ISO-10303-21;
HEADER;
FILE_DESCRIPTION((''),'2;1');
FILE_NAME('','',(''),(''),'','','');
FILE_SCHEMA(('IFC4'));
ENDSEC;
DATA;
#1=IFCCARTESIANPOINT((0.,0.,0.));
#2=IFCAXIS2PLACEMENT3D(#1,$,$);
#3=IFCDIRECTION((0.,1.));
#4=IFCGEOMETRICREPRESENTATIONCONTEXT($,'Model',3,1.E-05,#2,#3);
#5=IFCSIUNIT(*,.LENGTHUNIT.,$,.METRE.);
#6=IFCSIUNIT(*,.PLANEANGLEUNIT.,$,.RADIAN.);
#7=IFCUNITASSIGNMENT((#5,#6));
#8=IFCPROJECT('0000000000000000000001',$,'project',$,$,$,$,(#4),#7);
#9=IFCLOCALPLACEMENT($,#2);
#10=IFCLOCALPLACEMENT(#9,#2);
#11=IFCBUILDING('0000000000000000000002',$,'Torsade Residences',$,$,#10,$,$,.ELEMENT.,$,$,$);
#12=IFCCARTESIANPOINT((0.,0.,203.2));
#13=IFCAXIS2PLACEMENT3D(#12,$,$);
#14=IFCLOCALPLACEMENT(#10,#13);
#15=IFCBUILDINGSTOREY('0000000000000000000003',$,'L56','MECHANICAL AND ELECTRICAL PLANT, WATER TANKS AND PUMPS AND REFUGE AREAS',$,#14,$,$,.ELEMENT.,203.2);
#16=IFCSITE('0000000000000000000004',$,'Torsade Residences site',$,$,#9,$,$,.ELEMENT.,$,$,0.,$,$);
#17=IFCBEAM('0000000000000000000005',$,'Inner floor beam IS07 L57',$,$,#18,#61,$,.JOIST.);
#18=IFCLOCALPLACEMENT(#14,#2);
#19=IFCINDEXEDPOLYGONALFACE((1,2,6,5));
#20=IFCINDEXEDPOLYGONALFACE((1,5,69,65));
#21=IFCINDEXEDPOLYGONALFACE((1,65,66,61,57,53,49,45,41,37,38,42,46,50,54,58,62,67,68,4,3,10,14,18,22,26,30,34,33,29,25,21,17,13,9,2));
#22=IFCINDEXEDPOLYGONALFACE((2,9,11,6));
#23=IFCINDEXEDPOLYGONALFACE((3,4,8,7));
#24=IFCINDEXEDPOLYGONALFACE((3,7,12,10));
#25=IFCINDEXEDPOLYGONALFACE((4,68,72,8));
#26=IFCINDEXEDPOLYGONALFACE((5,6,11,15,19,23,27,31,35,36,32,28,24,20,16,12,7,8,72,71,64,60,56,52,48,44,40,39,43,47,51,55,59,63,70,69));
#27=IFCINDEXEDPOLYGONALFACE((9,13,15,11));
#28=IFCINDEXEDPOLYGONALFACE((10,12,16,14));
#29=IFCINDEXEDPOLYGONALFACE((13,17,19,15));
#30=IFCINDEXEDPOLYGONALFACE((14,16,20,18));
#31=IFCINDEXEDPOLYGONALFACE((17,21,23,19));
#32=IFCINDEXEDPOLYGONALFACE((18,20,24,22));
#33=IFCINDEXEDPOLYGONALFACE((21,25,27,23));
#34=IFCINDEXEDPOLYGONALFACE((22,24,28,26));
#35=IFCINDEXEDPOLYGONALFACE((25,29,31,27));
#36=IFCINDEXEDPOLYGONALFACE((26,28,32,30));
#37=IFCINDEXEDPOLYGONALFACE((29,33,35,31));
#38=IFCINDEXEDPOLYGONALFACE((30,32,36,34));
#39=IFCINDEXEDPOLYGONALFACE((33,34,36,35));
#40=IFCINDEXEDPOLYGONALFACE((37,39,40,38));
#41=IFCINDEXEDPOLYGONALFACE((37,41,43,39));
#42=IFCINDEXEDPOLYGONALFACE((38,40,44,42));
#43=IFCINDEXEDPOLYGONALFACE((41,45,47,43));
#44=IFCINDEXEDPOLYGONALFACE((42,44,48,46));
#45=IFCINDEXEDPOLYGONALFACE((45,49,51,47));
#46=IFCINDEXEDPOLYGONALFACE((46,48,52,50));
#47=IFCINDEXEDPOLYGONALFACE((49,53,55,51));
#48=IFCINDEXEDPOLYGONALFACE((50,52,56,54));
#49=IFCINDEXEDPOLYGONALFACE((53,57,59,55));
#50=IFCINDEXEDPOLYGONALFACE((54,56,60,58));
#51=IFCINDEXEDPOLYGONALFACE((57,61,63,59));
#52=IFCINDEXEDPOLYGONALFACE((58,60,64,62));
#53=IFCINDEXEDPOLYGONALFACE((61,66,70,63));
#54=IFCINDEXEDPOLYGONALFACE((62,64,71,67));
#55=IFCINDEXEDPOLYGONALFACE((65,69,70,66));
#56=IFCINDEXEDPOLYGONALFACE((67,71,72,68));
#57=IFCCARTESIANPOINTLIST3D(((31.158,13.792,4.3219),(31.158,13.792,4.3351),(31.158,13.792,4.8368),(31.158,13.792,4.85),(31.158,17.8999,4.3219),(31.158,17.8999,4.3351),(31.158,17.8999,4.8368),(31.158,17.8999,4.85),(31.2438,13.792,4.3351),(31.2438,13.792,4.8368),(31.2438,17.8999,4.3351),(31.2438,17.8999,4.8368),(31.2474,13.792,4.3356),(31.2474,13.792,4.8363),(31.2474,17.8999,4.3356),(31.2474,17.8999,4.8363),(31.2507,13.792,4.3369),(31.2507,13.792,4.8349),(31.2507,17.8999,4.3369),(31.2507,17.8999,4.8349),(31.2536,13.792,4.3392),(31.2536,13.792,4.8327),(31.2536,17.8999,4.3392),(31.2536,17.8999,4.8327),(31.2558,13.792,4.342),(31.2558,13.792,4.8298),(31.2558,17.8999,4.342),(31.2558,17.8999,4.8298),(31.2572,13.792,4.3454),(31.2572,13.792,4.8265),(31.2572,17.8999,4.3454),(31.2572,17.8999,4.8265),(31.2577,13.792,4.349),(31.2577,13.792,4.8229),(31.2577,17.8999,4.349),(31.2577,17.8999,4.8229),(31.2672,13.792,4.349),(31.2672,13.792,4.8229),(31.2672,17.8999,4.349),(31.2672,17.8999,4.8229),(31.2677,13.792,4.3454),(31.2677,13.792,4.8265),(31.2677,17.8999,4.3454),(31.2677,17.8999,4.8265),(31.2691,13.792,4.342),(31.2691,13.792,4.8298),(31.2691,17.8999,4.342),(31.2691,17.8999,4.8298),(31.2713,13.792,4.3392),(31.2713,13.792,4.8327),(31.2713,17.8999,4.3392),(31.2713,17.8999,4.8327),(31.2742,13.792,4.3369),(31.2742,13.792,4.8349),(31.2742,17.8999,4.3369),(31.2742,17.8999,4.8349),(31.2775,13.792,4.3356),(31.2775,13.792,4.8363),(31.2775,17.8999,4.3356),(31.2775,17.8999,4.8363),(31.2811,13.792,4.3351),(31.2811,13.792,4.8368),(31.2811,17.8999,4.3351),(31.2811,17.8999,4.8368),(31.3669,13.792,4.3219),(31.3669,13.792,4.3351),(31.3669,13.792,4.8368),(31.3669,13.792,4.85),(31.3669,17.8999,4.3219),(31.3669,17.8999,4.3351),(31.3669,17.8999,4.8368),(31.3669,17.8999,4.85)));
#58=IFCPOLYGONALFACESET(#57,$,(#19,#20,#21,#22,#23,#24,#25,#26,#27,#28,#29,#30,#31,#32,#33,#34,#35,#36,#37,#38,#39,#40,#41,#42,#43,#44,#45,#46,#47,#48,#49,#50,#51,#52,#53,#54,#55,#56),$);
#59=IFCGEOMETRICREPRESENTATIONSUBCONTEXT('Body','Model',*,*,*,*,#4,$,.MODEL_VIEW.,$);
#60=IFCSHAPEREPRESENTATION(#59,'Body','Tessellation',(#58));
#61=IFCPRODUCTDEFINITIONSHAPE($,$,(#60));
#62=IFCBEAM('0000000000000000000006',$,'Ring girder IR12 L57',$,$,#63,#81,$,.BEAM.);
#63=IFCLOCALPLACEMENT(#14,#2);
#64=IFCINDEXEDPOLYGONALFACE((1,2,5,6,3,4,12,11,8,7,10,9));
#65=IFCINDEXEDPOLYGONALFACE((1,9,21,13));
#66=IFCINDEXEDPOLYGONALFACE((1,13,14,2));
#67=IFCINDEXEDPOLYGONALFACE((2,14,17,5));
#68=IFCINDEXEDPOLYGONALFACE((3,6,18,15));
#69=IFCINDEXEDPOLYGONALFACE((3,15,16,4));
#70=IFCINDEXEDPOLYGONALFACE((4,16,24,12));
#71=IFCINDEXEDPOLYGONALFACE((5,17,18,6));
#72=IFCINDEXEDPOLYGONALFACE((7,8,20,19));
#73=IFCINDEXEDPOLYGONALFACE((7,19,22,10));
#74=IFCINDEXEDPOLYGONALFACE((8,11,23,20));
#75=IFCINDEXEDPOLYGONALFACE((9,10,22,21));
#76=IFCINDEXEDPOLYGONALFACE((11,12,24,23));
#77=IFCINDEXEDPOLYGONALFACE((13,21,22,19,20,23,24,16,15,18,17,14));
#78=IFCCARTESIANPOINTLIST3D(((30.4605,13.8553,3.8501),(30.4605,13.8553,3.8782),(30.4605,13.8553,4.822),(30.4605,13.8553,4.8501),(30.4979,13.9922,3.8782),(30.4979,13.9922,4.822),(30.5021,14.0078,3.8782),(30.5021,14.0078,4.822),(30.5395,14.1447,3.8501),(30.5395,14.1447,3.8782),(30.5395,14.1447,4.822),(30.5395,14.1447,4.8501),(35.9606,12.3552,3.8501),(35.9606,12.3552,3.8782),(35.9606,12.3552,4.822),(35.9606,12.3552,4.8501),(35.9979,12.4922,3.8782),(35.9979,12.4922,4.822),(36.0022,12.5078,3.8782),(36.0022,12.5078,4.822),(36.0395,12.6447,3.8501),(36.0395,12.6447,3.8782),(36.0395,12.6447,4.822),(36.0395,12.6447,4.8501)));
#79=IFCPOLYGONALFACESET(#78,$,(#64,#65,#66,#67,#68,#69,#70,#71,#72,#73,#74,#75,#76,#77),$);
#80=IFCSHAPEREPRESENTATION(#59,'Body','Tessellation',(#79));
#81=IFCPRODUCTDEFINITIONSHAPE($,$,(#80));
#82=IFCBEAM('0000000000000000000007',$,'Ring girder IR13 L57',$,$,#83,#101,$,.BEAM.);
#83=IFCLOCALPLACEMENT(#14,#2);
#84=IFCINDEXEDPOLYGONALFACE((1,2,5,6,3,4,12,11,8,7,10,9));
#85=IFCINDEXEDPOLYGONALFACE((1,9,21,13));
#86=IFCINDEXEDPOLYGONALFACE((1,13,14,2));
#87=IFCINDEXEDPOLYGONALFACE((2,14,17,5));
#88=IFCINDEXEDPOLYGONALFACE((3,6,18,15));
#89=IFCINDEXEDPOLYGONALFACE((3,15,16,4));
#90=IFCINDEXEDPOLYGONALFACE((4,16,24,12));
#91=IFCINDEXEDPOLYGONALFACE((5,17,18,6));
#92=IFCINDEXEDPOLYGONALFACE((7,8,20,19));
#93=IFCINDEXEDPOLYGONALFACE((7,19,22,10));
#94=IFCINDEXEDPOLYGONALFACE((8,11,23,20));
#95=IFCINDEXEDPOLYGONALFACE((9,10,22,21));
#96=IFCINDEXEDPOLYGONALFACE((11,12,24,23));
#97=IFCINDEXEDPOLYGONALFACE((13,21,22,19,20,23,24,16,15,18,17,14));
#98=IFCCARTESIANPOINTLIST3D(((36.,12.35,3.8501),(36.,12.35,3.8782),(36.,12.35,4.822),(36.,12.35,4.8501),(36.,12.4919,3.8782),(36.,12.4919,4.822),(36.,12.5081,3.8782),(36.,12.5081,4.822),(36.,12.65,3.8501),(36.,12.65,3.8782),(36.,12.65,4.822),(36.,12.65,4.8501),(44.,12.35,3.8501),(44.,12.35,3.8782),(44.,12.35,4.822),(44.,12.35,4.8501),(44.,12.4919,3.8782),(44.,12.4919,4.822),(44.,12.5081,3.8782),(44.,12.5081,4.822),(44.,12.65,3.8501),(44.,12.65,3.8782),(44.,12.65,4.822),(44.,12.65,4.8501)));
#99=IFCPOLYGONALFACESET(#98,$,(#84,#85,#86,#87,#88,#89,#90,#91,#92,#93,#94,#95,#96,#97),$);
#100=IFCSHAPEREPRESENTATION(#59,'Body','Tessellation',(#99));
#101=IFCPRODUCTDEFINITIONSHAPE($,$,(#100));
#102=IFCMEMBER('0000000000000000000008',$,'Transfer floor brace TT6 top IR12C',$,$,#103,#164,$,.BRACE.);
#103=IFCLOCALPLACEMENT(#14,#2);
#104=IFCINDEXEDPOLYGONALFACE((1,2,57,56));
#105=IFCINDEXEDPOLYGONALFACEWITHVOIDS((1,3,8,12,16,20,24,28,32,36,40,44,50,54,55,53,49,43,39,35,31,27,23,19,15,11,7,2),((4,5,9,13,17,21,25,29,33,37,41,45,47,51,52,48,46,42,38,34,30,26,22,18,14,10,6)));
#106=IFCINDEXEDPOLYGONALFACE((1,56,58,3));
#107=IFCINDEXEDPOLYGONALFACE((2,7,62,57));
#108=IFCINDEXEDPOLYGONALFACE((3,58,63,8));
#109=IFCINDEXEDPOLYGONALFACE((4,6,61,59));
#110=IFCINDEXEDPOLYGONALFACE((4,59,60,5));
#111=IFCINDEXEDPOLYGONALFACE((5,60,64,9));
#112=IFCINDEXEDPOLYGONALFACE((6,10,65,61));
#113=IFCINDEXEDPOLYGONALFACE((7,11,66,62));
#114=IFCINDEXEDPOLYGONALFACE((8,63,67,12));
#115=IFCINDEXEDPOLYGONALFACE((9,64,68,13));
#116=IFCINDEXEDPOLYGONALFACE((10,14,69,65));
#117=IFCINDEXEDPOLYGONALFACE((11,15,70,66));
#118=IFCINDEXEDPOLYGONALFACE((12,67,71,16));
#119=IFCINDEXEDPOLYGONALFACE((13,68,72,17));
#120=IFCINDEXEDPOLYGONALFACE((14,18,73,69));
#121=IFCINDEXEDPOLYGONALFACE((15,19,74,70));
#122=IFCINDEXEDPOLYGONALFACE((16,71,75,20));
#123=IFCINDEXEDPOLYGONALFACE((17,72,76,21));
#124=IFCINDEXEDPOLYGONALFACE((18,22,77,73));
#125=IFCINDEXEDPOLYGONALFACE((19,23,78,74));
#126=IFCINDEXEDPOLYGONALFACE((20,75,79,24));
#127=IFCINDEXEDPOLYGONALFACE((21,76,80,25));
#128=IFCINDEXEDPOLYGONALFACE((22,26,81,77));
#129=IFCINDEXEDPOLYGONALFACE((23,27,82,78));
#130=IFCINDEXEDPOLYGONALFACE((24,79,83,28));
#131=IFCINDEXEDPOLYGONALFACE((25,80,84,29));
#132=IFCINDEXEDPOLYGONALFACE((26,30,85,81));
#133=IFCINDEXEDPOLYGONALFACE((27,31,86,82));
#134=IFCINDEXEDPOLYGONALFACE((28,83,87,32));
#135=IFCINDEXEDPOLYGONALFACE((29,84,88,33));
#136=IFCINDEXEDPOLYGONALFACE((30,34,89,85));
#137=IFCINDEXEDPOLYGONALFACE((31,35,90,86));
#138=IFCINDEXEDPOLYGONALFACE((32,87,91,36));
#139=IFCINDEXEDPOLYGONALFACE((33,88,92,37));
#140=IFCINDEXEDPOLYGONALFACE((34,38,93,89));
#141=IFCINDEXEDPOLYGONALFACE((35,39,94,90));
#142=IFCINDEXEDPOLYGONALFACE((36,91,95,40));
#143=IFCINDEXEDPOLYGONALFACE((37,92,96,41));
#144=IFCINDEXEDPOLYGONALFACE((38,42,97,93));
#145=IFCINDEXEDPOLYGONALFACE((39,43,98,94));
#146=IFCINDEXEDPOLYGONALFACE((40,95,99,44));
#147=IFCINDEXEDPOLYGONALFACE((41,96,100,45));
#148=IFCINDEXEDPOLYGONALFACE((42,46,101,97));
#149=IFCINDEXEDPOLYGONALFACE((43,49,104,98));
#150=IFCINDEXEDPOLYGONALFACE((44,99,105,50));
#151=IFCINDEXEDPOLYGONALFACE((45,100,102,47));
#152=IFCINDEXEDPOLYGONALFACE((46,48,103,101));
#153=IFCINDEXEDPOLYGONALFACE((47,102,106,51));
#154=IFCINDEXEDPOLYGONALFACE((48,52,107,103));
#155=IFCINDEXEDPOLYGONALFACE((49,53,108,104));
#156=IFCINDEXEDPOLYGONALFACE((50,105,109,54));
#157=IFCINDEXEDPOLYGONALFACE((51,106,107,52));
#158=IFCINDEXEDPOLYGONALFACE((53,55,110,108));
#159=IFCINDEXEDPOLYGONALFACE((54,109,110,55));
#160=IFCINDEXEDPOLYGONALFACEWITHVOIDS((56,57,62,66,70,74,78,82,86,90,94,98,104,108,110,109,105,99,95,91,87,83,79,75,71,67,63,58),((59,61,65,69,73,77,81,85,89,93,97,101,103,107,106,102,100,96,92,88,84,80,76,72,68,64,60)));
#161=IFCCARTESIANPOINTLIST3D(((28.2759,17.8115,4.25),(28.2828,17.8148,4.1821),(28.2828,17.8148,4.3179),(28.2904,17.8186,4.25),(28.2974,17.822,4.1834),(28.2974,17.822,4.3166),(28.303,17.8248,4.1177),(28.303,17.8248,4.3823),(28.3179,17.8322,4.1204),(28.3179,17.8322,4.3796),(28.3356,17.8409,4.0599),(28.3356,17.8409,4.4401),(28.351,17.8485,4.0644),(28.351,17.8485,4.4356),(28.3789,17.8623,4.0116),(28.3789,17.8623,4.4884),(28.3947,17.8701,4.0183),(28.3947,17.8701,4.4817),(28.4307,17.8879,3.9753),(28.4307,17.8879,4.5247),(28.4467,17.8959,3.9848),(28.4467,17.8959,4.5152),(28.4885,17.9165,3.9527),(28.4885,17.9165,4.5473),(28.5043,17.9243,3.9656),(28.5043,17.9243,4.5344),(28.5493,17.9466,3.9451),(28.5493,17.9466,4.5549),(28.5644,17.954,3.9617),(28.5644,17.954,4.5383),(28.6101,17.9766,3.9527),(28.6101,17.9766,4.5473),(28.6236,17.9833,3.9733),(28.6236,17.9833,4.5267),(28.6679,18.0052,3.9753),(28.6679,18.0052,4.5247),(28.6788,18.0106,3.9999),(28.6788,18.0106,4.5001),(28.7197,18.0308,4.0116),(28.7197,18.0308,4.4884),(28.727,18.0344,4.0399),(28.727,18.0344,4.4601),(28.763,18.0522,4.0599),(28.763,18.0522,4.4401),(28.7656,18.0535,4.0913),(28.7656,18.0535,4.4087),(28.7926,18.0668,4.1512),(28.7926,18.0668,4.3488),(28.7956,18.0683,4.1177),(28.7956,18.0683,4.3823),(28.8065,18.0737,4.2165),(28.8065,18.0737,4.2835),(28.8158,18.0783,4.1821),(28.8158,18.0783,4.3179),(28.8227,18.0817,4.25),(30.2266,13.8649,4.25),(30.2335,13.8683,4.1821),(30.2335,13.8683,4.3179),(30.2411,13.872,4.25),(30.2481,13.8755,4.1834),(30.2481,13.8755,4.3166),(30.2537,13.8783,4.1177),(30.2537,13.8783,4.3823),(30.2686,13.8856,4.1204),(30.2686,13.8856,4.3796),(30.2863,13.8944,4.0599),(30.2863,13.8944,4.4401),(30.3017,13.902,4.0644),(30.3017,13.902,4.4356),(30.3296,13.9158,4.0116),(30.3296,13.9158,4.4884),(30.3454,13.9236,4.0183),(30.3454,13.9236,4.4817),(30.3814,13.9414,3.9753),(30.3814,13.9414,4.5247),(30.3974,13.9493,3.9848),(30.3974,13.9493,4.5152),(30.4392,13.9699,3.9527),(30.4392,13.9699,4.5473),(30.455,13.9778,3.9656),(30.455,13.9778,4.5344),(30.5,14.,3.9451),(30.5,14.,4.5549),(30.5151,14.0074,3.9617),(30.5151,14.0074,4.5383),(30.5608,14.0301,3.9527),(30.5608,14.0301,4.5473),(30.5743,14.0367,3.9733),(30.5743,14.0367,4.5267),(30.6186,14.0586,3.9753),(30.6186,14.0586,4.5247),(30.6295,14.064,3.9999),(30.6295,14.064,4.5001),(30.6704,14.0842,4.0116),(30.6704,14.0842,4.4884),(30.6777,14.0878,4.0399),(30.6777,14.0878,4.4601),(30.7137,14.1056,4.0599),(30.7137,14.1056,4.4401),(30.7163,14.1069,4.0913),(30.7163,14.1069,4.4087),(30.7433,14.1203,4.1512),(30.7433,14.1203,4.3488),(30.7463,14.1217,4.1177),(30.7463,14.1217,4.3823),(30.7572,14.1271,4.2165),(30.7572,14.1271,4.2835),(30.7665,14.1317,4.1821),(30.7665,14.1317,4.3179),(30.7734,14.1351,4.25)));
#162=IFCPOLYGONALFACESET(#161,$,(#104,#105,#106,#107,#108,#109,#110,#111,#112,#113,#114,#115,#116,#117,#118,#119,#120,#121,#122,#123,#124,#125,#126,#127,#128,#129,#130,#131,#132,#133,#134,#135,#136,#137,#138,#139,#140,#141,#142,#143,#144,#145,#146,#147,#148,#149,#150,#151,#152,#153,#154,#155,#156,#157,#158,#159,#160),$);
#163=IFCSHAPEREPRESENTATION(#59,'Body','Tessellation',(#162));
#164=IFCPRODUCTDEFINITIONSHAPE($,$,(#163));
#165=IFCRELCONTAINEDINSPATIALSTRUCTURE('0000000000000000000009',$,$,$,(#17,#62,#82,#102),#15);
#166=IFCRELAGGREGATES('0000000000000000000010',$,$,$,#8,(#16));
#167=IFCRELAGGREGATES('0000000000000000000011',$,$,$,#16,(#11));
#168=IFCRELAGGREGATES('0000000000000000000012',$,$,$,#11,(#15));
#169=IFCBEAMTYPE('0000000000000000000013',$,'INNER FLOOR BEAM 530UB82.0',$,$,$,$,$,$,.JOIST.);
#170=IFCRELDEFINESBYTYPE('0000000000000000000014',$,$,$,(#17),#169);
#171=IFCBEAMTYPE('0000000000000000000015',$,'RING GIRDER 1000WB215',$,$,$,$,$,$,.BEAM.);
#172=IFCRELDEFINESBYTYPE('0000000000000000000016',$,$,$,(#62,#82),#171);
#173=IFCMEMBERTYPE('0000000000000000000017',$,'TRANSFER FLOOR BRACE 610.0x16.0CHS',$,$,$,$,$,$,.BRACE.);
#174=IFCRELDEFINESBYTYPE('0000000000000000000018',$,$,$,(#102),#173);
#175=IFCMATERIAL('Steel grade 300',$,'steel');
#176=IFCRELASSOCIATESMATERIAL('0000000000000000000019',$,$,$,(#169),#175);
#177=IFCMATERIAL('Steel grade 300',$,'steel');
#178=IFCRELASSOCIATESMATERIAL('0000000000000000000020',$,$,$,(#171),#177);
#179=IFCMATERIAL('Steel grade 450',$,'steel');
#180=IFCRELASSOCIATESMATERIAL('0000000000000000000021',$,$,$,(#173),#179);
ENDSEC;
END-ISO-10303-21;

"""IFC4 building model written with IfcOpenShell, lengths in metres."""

from ifc_helpers import new_model, si_unit, direction, frame, origin, origin_2d, place, context, subcontext, project, spatial, hollow_circle, i_section, extrude, material, material_profile, profile_set, type_object, element, save


model = new_model("IFC4")

# Units and contexts
model_context = context("Model", 3, precision=1e-05, world=origin(), true_north=direction((0.0, 1.0)))
body_context = subcontext(model_context, "Body", "Model", "MODEL_VIEW")
ifc_project = project(units=[si_unit("LENGTHUNIT", "METRE"), si_unit("PLANEANGLEUNIT", "RADIAN")], contexts=[model_context])

# Site, building, storey
site_placement = place(None, origin())
site = spatial("IfcSite", under=ifc_project, at=site_placement, Name="Torsade Residences site", CompositionType="ELEMENT", RefElevation=0.0)
building_placement = place(site_placement, origin())
building = spatial("IfcBuilding", under=site, at=building_placement, Name="Torsade Residences", CompositionType="ELEMENT")
storey_placement = place(building_placement, frame((0.0, 0.0, 203.2)))
storey = spatial("IfcBuildingStorey", under=building, at=storey_placement, Name="L56", Description="MECHANICAL AND ELECTRICAL PLANT, WATER TANKS AND PUMPS AND REFUGE AREAS", CompositionType="ELEMENT", Elevation=203.2)

# Beams
ifc_material_1 = material(Name="Steel grade 300", Category="steel")
ifc_material_profile_1 = material_profile(ifc_material_1, i_section(OverallWidth=0.209, OverallDepth=0.5281, WebThickness=0.0095, FlangeThickness=0.0132, FilletRadius=0.0139, at=origin_2d()), Name="530UB82.0")
ifc_profile_set_1 = profile_set([ifc_material_profile_1], Name="Steel grade 300")
beam_type_1 = type_object("IfcBeamType", Name="INNER FLOOR BEAM 530UB82.0", PredefinedType="JOIST", material=ifc_profile_set_1)
beam_1_placement = place(storey_placement, frame((31.2625, 17.8999, 4.5859), z_axis=(0.0, -1.0, 0.0), x_axis=(1.0, 0.0, 0.0)))
element("IfcBeam", 1, at=beam_1_placement, inside=storey, type_object=beam_type_1, Name="Inner floor beam IS07 L57", PredefinedType="JOIST", context=body_context, shape_type="SweptSolid", body=[
    extrude(i_section(OverallWidth=0.209, OverallDepth=0.5281, WebThickness=0.0095, FlangeThickness=0.0132, FilletRadius=0.0139, at=origin_2d()), origin(), (0.0, 0.0, 1.0), 4.1079),
])
ifc_material_2 = material(Name="Steel grade 300", Category="steel")
ifc_material_profile_2 = material_profile(ifc_material_2, i_section(OverallWidth=0.3, OverallDepth=1.0, WebThickness=0.0161, FlangeThickness=0.0281, at=origin_2d()), Name="1000WB215")
ifc_profile_set_2 = profile_set([ifc_material_profile_2], Name="Steel grade 300")
beam_type_2 = type_object("IfcBeamType", Name="RING GIRDER 1000WB215", PredefinedType="BEAM", material=ifc_profile_set_2)
beam_2_placement = place(storey_placement, frame((30.5, 14.0, 4.3501), z_axis=(0.964764, -0.263117, 0.0), x_axis=(0.263117, 0.964764, 0.0)))
element("IfcBeam", 2, at=beam_2_placement, inside=storey, type_object=beam_type_2, Name="Ring girder IR12 L57", PredefinedType="BEAM", context=body_context, shape_type="SweptSolid", body=[
    extrude(i_section(OverallWidth=0.3, OverallDepth=1.0, WebThickness=0.0161, FlangeThickness=0.0281, at=origin_2d()), origin(), (0.0, 0.0, 1.0), 5.7009),
])
beam_3_placement = place(storey_placement, frame((36.0, 12.5, 4.3501), z_axis=(1.0, 0.0, 0.0), x_axis=(0.0, 1.0, 0.0)))
element("IfcBeam", 3, at=beam_3_placement, inside=storey, type_object=beam_type_2, Name="Ring girder IR13 L57", PredefinedType="BEAM", context=body_context, shape_type="SweptSolid", body=[
    extrude(i_section(OverallWidth=0.3, OverallDepth=1.0, WebThickness=0.0161, FlangeThickness=0.0281, at=origin_2d()), origin(), (0.0, 0.0, 1.0), 8.0),
])

# Member
ifc_material_3 = material(Name="Steel grade 450", Category="steel")
ifc_material_profile_3 = material_profile(ifc_material_3, hollow_circle(Radius=0.3049, WallThickness=0.0161, at=origin_2d()), Name="610.0x16.0CHS")
ifc_profile_set_3 = profile_set([ifc_material_profile_3], Name="Steel grade 450")
member_type_1 = type_object("IfcMemberType", Name="TRANSFER FLOOR BRACE 610.0x16.0CHS", PredefinedType="BRACE", material=ifc_profile_set_3)
member_1_placement = place(storey_placement, frame((30.5, 14.0, 4.25), z_axis=(-0.443105, 0.89647, 0.0), x_axis=(-0.89647, -0.443105, 0.0)))
element("IfcMember", 4, at=member_1_placement, inside=storey, type_object=member_type_1, Name="Transfer floor brace TT6 top IR12C", PredefinedType="BRACE", context=body_context, shape_type="SweptSolid", body=[
    extrude(hollow_circle(Radius=0.3049, WallThickness=0.0161, at=origin_2d()), origin(), (0.0, 0.0, 1.0), 4.4023),
])

save(model, "model.ifc")
